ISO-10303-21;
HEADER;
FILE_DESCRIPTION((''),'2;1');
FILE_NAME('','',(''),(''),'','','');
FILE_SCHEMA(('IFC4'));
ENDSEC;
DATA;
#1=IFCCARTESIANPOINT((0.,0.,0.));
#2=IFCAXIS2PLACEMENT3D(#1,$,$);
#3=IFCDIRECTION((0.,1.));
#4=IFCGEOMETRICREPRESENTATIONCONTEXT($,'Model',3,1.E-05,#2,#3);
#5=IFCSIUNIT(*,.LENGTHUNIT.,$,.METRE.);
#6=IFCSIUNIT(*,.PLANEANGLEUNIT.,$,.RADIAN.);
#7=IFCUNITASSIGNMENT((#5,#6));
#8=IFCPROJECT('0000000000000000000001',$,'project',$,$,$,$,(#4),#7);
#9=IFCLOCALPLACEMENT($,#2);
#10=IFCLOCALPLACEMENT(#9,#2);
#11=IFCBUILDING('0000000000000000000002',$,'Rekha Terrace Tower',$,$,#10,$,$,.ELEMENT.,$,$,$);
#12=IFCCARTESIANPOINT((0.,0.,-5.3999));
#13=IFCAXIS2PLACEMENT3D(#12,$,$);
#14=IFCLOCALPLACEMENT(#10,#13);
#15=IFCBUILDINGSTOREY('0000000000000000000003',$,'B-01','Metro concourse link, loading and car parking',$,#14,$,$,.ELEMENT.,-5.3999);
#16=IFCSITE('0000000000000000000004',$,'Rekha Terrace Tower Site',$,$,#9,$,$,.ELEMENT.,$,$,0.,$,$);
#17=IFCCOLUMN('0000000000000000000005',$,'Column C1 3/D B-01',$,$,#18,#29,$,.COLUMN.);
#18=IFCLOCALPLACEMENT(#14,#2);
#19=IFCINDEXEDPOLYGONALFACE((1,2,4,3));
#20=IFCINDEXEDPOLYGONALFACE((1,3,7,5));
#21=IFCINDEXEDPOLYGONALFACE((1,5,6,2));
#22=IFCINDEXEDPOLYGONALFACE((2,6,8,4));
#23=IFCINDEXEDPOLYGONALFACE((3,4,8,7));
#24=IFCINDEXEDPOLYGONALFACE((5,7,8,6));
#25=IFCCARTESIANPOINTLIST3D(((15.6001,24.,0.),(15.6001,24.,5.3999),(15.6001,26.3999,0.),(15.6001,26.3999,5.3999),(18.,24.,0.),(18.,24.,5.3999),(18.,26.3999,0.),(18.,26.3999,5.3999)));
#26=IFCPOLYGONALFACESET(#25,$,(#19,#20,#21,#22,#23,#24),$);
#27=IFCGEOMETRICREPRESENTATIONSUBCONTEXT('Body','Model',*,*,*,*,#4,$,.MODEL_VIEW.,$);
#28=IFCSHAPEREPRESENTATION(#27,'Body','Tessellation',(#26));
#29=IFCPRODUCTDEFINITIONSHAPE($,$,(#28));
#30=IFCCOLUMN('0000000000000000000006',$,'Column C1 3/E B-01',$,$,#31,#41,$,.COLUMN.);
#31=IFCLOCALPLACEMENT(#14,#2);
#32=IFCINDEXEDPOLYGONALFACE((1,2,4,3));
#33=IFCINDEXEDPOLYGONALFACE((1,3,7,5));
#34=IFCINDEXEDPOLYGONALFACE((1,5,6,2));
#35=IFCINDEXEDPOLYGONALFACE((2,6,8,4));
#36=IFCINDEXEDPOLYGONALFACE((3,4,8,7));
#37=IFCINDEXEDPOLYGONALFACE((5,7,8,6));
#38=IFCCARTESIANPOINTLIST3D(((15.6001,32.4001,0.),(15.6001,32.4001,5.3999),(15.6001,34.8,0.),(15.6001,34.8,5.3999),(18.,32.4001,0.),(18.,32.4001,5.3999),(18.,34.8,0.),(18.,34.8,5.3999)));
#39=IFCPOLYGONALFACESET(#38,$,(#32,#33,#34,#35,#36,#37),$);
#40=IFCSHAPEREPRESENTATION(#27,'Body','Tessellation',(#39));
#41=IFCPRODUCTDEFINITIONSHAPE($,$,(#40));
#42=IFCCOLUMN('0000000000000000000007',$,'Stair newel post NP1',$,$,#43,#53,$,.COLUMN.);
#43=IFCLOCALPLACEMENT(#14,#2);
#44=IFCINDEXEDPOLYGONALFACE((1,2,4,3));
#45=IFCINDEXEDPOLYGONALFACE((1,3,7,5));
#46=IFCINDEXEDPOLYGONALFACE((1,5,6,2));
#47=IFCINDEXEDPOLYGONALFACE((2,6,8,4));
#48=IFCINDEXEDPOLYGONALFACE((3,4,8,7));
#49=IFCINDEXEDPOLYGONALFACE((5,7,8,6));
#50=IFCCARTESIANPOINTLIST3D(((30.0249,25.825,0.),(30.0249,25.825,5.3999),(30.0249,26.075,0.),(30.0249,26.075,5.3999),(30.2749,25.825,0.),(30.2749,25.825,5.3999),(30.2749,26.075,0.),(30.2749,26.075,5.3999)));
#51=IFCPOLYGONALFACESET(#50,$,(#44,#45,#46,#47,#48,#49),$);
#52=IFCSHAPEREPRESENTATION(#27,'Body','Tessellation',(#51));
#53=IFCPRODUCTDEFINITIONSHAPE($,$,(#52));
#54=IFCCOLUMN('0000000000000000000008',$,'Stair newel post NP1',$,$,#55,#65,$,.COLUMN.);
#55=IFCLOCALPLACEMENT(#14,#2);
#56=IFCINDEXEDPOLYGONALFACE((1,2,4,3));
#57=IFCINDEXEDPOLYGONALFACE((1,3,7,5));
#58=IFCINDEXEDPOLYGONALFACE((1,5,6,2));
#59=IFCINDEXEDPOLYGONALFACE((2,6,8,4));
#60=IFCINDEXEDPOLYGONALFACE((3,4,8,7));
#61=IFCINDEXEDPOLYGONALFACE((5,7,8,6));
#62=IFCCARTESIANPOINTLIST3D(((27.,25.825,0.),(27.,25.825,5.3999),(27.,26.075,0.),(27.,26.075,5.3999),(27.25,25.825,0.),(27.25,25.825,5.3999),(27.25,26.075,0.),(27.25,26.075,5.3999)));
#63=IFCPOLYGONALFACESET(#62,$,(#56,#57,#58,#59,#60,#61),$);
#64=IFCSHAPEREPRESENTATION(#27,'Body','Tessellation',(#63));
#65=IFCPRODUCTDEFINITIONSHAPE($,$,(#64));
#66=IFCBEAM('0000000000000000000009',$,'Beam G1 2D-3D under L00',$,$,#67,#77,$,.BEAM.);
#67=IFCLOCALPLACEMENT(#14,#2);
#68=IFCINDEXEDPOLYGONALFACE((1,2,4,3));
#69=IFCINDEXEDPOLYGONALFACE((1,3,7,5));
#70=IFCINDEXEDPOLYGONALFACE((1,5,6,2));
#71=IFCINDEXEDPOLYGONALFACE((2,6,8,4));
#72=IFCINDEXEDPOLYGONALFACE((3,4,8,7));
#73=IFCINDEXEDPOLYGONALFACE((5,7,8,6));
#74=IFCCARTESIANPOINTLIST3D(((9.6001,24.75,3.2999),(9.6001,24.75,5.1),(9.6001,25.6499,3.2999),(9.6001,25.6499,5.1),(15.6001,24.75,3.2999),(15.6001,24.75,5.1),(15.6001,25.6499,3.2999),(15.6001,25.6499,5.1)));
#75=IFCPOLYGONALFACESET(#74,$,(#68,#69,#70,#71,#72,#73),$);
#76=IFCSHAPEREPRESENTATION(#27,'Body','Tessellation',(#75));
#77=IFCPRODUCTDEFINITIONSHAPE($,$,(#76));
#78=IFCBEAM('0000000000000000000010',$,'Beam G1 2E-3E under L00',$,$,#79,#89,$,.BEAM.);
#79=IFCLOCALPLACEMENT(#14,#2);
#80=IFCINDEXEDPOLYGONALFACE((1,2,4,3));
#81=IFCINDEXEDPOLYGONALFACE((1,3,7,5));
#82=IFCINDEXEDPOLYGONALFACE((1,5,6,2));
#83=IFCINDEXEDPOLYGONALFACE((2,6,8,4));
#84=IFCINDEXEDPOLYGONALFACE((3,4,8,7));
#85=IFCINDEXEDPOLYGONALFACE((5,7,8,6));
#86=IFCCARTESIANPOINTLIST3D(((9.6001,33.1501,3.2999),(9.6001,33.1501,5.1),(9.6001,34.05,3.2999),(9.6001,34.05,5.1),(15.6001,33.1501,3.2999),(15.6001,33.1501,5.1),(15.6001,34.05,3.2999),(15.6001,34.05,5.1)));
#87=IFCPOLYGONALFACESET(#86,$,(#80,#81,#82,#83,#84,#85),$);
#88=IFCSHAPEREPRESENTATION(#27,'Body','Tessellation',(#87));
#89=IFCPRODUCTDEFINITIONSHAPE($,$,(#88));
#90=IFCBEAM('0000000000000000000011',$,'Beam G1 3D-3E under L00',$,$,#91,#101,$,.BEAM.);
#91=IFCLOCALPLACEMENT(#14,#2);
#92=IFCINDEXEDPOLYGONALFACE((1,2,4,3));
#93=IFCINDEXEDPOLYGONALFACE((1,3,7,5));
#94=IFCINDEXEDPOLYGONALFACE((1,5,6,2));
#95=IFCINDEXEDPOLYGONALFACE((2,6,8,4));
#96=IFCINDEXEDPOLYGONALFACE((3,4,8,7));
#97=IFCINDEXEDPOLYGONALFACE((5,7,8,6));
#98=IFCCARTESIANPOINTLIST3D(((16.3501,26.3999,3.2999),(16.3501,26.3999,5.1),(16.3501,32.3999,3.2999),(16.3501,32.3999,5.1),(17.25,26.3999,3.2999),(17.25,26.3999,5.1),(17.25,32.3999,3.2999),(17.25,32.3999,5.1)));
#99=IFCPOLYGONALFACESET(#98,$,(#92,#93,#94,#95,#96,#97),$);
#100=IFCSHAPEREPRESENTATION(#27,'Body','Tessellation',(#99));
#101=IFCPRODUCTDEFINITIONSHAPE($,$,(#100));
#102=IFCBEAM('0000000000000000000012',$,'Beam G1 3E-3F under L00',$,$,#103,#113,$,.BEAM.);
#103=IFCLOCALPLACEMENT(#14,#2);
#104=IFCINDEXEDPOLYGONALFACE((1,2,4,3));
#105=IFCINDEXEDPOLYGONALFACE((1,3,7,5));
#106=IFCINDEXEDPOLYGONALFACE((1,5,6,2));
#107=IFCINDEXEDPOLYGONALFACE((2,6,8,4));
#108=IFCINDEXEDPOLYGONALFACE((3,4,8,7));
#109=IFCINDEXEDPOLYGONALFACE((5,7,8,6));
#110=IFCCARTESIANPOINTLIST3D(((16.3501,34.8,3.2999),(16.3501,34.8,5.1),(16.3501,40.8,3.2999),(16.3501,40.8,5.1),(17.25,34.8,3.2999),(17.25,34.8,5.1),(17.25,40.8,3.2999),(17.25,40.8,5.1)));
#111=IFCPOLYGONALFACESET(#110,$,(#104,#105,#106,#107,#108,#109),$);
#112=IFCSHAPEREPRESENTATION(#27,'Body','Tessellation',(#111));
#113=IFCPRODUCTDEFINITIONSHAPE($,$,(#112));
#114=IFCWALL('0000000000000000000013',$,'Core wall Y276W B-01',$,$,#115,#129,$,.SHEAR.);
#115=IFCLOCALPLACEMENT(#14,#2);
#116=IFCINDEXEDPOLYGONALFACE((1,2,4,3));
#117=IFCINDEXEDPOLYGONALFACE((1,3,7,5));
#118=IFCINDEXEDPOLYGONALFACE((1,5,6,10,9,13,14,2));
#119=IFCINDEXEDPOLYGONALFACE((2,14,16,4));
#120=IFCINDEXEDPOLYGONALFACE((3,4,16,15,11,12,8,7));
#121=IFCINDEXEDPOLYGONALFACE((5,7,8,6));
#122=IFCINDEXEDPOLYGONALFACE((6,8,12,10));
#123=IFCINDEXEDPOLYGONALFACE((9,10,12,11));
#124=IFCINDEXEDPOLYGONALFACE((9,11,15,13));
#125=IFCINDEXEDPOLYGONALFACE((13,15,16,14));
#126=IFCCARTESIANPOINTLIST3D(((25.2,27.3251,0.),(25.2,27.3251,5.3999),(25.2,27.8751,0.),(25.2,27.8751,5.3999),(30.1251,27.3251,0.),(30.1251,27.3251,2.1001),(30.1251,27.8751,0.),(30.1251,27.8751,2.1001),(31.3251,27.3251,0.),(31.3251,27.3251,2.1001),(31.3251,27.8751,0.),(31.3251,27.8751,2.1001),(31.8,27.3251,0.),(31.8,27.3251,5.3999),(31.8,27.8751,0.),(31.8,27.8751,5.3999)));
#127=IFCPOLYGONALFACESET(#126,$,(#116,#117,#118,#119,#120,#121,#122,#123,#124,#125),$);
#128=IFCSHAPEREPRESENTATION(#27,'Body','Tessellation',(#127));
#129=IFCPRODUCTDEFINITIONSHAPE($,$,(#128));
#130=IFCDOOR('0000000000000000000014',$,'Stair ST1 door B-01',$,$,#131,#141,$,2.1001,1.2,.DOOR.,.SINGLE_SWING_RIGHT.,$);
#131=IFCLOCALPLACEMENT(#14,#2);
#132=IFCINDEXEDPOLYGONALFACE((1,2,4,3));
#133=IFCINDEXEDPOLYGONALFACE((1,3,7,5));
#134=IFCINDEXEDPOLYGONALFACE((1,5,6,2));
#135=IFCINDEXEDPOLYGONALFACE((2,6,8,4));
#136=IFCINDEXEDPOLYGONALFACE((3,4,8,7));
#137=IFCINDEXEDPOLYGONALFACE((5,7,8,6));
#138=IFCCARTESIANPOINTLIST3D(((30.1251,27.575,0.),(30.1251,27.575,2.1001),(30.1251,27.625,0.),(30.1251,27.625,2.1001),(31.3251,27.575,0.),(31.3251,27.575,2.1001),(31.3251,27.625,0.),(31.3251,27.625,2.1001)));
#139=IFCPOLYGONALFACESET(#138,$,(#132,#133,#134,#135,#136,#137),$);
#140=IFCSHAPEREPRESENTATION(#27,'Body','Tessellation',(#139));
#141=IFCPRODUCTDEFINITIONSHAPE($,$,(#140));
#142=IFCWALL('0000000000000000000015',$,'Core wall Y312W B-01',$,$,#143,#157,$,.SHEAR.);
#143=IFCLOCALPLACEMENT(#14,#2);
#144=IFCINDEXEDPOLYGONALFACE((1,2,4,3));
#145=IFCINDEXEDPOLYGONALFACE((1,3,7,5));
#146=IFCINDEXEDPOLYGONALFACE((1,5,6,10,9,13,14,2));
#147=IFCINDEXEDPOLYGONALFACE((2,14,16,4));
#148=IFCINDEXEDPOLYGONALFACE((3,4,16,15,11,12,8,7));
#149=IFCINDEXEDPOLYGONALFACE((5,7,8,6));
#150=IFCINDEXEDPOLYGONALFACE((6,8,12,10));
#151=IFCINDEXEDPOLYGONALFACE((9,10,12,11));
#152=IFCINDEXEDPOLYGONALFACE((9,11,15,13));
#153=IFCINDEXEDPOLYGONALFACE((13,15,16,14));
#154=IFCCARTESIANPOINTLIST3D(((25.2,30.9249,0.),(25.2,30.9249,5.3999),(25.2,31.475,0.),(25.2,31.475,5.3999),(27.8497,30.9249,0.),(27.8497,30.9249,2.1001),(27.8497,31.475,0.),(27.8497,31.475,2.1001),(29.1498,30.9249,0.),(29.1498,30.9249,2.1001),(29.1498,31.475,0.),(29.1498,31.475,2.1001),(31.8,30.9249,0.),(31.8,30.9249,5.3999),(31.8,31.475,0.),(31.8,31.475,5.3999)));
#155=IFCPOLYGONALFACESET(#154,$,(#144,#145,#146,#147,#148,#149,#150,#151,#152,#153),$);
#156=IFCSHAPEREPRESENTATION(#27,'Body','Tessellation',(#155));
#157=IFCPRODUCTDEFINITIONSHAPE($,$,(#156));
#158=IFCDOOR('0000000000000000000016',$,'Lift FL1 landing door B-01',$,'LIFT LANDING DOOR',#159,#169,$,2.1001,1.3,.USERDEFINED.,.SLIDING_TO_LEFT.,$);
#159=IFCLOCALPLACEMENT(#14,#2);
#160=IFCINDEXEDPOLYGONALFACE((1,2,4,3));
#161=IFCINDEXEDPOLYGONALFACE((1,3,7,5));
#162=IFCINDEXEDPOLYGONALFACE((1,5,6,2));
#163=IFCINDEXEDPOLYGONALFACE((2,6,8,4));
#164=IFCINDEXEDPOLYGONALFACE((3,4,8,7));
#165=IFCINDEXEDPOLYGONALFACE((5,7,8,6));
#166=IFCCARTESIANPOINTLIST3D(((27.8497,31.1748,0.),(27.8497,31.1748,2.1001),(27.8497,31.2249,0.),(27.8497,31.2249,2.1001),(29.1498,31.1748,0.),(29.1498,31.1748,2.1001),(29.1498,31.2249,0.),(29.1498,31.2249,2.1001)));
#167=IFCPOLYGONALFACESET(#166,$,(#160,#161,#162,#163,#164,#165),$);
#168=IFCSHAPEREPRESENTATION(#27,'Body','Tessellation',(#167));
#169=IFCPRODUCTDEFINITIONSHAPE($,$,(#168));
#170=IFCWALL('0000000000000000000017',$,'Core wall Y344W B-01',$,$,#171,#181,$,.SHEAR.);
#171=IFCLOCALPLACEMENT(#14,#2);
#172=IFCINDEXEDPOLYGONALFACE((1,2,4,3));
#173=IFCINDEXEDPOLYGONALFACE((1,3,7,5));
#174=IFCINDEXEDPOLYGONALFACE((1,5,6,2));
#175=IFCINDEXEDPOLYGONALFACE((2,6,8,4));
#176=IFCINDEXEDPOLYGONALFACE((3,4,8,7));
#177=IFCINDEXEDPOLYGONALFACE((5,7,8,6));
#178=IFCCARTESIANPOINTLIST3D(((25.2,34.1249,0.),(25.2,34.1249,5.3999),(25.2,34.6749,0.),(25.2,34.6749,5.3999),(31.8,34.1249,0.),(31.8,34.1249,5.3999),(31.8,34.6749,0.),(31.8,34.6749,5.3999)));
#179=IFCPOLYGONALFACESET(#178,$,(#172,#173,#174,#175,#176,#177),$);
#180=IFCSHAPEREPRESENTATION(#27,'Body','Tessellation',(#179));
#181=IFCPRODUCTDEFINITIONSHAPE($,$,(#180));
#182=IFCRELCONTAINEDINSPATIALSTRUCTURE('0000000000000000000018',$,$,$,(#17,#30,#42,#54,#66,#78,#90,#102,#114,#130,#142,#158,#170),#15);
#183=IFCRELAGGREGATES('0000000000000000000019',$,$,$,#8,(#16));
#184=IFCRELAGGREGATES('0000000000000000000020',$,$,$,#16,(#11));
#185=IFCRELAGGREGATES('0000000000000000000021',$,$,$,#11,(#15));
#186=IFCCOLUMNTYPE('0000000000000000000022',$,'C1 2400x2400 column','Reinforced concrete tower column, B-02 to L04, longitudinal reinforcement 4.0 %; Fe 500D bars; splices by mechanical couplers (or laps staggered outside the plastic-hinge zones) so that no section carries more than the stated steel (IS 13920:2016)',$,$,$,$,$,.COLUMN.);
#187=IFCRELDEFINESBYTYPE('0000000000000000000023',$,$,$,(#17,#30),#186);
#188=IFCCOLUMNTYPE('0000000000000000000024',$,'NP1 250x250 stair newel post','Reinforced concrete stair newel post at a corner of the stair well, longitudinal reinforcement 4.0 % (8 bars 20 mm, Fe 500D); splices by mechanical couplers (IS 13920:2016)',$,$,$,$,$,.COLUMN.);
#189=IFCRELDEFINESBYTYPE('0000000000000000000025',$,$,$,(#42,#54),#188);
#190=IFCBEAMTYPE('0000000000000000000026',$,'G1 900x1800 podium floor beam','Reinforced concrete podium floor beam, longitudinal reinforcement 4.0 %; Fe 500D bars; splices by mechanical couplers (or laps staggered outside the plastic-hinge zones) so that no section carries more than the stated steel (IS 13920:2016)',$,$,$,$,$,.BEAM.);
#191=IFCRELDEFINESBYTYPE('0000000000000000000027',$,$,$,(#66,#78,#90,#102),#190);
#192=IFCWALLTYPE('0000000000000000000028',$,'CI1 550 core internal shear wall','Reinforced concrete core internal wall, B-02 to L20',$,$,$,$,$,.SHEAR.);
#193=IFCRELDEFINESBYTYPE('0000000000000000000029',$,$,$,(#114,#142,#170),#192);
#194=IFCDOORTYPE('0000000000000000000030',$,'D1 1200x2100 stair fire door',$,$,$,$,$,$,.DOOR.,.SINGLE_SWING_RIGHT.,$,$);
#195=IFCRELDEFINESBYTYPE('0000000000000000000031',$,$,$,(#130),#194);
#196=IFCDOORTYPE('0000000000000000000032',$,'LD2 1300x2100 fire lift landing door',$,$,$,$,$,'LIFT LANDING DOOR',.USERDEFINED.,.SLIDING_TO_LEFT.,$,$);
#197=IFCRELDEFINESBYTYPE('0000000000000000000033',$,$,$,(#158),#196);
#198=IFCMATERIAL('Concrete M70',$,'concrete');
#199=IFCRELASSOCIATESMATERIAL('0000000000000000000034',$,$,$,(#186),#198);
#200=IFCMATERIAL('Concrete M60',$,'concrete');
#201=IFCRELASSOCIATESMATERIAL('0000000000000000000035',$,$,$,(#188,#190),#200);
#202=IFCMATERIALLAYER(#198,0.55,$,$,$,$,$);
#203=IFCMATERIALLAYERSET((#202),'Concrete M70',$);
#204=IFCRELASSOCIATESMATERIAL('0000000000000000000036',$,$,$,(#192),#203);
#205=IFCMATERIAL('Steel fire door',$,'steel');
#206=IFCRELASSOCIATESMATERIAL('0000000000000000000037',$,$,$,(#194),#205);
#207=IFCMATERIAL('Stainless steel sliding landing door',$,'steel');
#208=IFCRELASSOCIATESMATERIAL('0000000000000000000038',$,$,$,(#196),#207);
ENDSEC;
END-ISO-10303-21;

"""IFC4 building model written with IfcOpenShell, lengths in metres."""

from ifc_helpers import new_model, si_unit, direction, frame, frame_2d, origin, origin_2d, place, context, subcontext, project, spatial, rectangle, extrude, material, layer, layer_set, material_profile, profile_set, type_object, element, fill, save


model = new_model("IFC4")

# Units and contexts
model_context = context("Model", 3, precision=1e-05, world=origin(), true_north=direction((0.0, 1.0)))
body_context = subcontext(model_context, "Body", "Model", "MODEL_VIEW")
ifc_project = project(units=[si_unit("LENGTHUNIT", "METRE"), si_unit("PLANEANGLEUNIT", "RADIAN")], contexts=[model_context])

# Site, building, storey
site_placement = place(None, origin())
site = spatial("IfcSite", under=ifc_project, at=site_placement, Name="Rekha Terrace Tower Site", CompositionType="ELEMENT", RefElevation=0.0)
building_placement = place(site_placement, origin())
building = spatial("IfcBuilding", under=site, at=building_placement, Name="Rekha Terrace Tower", CompositionType="ELEMENT")
storey_placement = place(building_placement, frame((0.0, 0.0, -5.3999)))
storey = spatial("IfcBuildingStorey", under=building, at=storey_placement, Name="B-01", Description="Metro concourse link, loading and car parking", CompositionType="ELEMENT", Elevation=-5.3999)

# Columns
ifc_material_1 = material(Name="Concrete M70", Category="concrete")
ifc_material_profile_1 = material_profile(ifc_material_1, rectangle(XDim=2.3999, YDim=2.3999, at=origin_2d()), Name="RC 2400x2400")
ifc_profile_set_1 = profile_set([ifc_material_profile_1], Name="Concrete M70")
column_type_1 = type_object("IfcColumnType", Name="C1 2400x2400 column", Description="Reinforced concrete tower column, B-02 to L04, longitudinal reinforcement 4.0 %; Fe 500D bars; splices by mechanical couplers (or laps staggered outside the plastic-hinge zones) so that no section carries more than the stated steel (IS 13920:2016)", PredefinedType="COLUMN", material=ifc_profile_set_1)
for number, where, z_axis, x_axis, name in (
    (1, (16.8, 25.2, 0.0), (0.0, 0.0, 1.0), (1.0, 0.0, 0.0), "Column C1 3/D B-01"),
    (2, (16.8, 33.6001, 0.0), (0.0, 0.0, 1.0), (1.0, 0.0, 0.0), "Column C1 3/E B-01"),
):
    element("IfcColumn", number, at=place(storey_placement, frame(where, z_axis=z_axis, x_axis=x_axis)), inside=storey, type_object=column_type_1, Name=name, PredefinedType="COLUMN", context=body_context, shape_type="SweptSolid", body=[
        extrude(rectangle(XDim=2.3999, YDim=2.3999, at=origin_2d()), origin(), (0.0, 0.0, 1.0), 5.3999),
    ])
ifc_material_2 = material(Name="Concrete M60", Category="concrete")
ifc_material_profile_2 = material_profile(ifc_material_2, rectangle(XDim=0.25, YDim=0.25, at=origin_2d()), Name="RC 250x250")
ifc_profile_set_2 = profile_set([ifc_material_profile_2], Name="Concrete M60")
column_type_2 = type_object("IfcColumnType", Name="NP1 250x250 stair newel post", Description="Reinforced concrete stair newel post at a corner of the stair well, longitudinal reinforcement 4.0 % (8 bars 20 mm, Fe 500D); splices by mechanical couplers (IS 13920:2016)", PredefinedType="COLUMN", material=ifc_profile_set_2)
for number, where, z_axis, x_axis, name in (
    (3, (30.1499, 25.95, 0.0), (0.0, 0.0, 1.0), (1.0, 0.0, 0.0), "Stair newel post NP1"),
    (4, (27.125, 25.95, 0.0), (0.0, 0.0, 1.0), (1.0, 0.0, 0.0), "Stair newel post NP1"),
):
    element("IfcColumn", number, at=place(storey_placement, frame(where, z_axis=z_axis, x_axis=x_axis)), inside=storey, type_object=column_type_2, Name=name, PredefinedType="COLUMN", context=body_context, shape_type="SweptSolid", body=[
        extrude(rectangle(XDim=0.25, YDim=0.25, at=origin_2d()), origin(), (0.0, 0.0, 1.0), 5.3999),
    ])

# Beams
ifc_material_profile_3 = material_profile(ifc_material_2, rectangle(XDim=0.8999, YDim=1.8, at=origin_2d()), Name="RC 900x1800")
ifc_profile_set_3 = profile_set([ifc_material_profile_3], Name="Concrete M60")
beam_type = type_object("IfcBeamType", Name="G1 900x1800 podium floor beam", Description="Reinforced concrete podium floor beam, longitudinal reinforcement 4.0 %; Fe 500D bars; splices by mechanical couplers (or laps staggered outside the plastic-hinge zones) so that no section carries more than the stated steel (IS 13920:2016)", PredefinedType="BEAM", material=ifc_profile_set_3)
for number, where, z_axis, x_axis, name in (
    (5, (9.6001, 25.2, 4.2), (1.0, 0.0, 0.0), (0.0, 1.0, 0.0), "Beam G1 2D-3D under L00"),
    (6, (9.6001, 33.6001, 4.2), (1.0, 0.0, 0.0), (0.0, 1.0, 0.0), "Beam G1 2E-3E under L00"),
    (7, (16.8, 26.3999, 4.2), (0.0, 1.0, 0.0), (-1.0, 0.0, 0.0), "Beam G1 3D-3E under L00"),
    (8, (16.8, 34.8, 4.2), (0.0, 1.0, 0.0), (-1.0, 0.0, 0.0), "Beam G1 3E-3F under L00"),
):
    element("IfcBeam", number, at=place(storey_placement, frame(where, z_axis=z_axis, x_axis=x_axis)), inside=storey, type_object=beam_type, Name=name, PredefinedType="BEAM", context=body_context, shape_type="SweptSolid", body=[
        extrude(rectangle(XDim=0.8999, YDim=1.8, at=origin_2d()), origin(), (0.0, 0.0, 1.0), 6.0),
    ])

# Walls, openings, doors
ifc_layer = layer(ifc_material_1, 0.55)
ifc_layer_set = layer_set([ifc_layer], Name="Concrete M70")
wall_type = type_object("IfcWallType", Name="CI1 550 core internal shear wall", Description="Reinforced concrete core internal wall, B-02 to L20", PredefinedType="SHEAR", material=ifc_layer_set)
wall_1_placement = place(storey_placement, frame((25.2, 27.6001, 0.0), z_axis=(0.0, 0.0, 1.0), x_axis=(1.0, 0.0, 0.0)))
wall_1 = element("IfcWall", 9, at=wall_1_placement, inside=storey, type_object=wall_type, Name="Core wall Y276W B-01", PredefinedType="SHEAR", context=body_context, shape_type="SweptSolid", body=[
    extrude(rectangle(XDim=6.6001, YDim=0.55, at=frame_2d((3.3, 0.0))), origin(), (0.0, 0.0, 1.0), 5.3999),
])
opening_1_placement = place(wall_1_placement, frame((4.925, 0.0, 0.0)))
opening_1 = element("IfcOpeningElement", 10, at=opening_1_placement, cuts=wall_1, PredefinedType="OPENING", context=body_context, shape_type="SweptSolid", body=[
    extrude(rectangle(XDim=1.2, YDim=2.1001, at=frame_2d((0.6001, 1.05))), frame((0.0, 0.2849, 0.0), z_axis=(0.0, -1.0, 0.0), x_axis=(1.0, 0.0, 0.0)), (0.0, 0.0, 1.0), 0.5701),
])
ifc_material_3 = material(Name="Steel fire door", Category="steel")
door_type_1 = type_object("IfcDoorType", Name="D1 1200x2100 stair fire door", OperationType="SINGLE_SWING_RIGHT", PredefinedType="DOOR", material=ifc_material_3)
door_1_placement = place(opening_1_placement, origin())
door_1 = element("IfcDoor", 11, at=door_1_placement, inside=storey, type_object=door_type_1, Name="Stair ST1 door B-01", OperationType="SINGLE_SWING_RIGHT", OverallHeight=2.1001, OverallWidth=1.2, PredefinedType="DOOR", context=body_context, shape_type="SweptSolid", body=[
    extrude(rectangle(XDim=1.2, YDim=2.1001, at=frame_2d((0.6001, 1.05))), frame((0.0, 0.0249, 0.0), z_axis=(0.0, -1.0, 0.0), x_axis=(1.0, 0.0, 0.0)), (0.0, 0.0, 1.0), 0.05),
])
fill(opening_1, door_1)
wall_2_placement = place(storey_placement, frame((25.2, 31.2, 0.0), z_axis=(0.0, 0.0, 1.0), x_axis=(1.0, 0.0, 0.0)))
wall_2 = element("IfcWall", 12, at=wall_2_placement, inside=storey, type_object=wall_type, Name="Core wall Y312W B-01", PredefinedType="SHEAR", context=body_context, shape_type="SweptSolid", body=[
    extrude(rectangle(XDim=6.6001, YDim=0.55, at=frame_2d((3.3, 0.0))), origin(), (0.0, 0.0, 1.0), 5.3999),
])
opening_2_placement = place(wall_2_placement, frame((2.6499, 0.0, 0.0)))
opening_2 = element("IfcOpeningElement", 13, at=opening_2_placement, cuts=wall_2, PredefinedType="OPENING", context=body_context, shape_type="SweptSolid", body=[
    extrude(rectangle(XDim=1.3, YDim=2.1001, at=frame_2d((0.6499, 1.05))), frame((0.0, 0.2849, 0.0), z_axis=(0.0, -1.0, 0.0), x_axis=(1.0, 0.0, 0.0)), (0.0, 0.0, 1.0), 0.5701),
])
ifc_material_4 = material(Name="Stainless steel sliding landing door", Category="steel")
door_type_2 = type_object("IfcDoorType", Name="LD2 1300x2100 fire lift landing door", ElementType="LIFT LANDING DOOR", OperationType="SLIDING_TO_LEFT", PredefinedType="USERDEFINED", material=ifc_material_4)
door_2_placement = place(opening_2_placement, origin())
door_2 = element("IfcDoor", 14, at=door_2_placement, inside=storey, type_object=door_type_2, Name="Lift FL1 landing door B-01", ObjectType="LIFT LANDING DOOR", OperationType="SLIDING_TO_LEFT", OverallHeight=2.1001, OverallWidth=1.3, PredefinedType="USERDEFINED", context=body_context, shape_type="SweptSolid", body=[
    extrude(rectangle(XDim=1.3, YDim=2.1001, at=frame_2d((0.6499, 1.05))), frame((0.0, 0.0249, 0.0), z_axis=(0.0, -1.0, 0.0), x_axis=(1.0, 0.0, 0.0)), (0.0, 0.0, 1.0), 0.05),
])
fill(opening_2, door_2)

# Wall
wall_3_placement = place(storey_placement, frame((25.2, 34.3999, 0.0), z_axis=(0.0, 0.0, 1.0), x_axis=(1.0, 0.0, 0.0)))
element("IfcWall", 15, at=wall_3_placement, inside=storey, type_object=wall_type, Name="Core wall Y344W B-01", PredefinedType="SHEAR", context=body_context, shape_type="SweptSolid", body=[
    extrude(rectangle(XDim=6.6001, YDim=0.55, at=frame_2d((3.3, 0.0))), origin(), (0.0, 0.0, 1.0), 5.3999),
])

save(model, "model.ifc")
